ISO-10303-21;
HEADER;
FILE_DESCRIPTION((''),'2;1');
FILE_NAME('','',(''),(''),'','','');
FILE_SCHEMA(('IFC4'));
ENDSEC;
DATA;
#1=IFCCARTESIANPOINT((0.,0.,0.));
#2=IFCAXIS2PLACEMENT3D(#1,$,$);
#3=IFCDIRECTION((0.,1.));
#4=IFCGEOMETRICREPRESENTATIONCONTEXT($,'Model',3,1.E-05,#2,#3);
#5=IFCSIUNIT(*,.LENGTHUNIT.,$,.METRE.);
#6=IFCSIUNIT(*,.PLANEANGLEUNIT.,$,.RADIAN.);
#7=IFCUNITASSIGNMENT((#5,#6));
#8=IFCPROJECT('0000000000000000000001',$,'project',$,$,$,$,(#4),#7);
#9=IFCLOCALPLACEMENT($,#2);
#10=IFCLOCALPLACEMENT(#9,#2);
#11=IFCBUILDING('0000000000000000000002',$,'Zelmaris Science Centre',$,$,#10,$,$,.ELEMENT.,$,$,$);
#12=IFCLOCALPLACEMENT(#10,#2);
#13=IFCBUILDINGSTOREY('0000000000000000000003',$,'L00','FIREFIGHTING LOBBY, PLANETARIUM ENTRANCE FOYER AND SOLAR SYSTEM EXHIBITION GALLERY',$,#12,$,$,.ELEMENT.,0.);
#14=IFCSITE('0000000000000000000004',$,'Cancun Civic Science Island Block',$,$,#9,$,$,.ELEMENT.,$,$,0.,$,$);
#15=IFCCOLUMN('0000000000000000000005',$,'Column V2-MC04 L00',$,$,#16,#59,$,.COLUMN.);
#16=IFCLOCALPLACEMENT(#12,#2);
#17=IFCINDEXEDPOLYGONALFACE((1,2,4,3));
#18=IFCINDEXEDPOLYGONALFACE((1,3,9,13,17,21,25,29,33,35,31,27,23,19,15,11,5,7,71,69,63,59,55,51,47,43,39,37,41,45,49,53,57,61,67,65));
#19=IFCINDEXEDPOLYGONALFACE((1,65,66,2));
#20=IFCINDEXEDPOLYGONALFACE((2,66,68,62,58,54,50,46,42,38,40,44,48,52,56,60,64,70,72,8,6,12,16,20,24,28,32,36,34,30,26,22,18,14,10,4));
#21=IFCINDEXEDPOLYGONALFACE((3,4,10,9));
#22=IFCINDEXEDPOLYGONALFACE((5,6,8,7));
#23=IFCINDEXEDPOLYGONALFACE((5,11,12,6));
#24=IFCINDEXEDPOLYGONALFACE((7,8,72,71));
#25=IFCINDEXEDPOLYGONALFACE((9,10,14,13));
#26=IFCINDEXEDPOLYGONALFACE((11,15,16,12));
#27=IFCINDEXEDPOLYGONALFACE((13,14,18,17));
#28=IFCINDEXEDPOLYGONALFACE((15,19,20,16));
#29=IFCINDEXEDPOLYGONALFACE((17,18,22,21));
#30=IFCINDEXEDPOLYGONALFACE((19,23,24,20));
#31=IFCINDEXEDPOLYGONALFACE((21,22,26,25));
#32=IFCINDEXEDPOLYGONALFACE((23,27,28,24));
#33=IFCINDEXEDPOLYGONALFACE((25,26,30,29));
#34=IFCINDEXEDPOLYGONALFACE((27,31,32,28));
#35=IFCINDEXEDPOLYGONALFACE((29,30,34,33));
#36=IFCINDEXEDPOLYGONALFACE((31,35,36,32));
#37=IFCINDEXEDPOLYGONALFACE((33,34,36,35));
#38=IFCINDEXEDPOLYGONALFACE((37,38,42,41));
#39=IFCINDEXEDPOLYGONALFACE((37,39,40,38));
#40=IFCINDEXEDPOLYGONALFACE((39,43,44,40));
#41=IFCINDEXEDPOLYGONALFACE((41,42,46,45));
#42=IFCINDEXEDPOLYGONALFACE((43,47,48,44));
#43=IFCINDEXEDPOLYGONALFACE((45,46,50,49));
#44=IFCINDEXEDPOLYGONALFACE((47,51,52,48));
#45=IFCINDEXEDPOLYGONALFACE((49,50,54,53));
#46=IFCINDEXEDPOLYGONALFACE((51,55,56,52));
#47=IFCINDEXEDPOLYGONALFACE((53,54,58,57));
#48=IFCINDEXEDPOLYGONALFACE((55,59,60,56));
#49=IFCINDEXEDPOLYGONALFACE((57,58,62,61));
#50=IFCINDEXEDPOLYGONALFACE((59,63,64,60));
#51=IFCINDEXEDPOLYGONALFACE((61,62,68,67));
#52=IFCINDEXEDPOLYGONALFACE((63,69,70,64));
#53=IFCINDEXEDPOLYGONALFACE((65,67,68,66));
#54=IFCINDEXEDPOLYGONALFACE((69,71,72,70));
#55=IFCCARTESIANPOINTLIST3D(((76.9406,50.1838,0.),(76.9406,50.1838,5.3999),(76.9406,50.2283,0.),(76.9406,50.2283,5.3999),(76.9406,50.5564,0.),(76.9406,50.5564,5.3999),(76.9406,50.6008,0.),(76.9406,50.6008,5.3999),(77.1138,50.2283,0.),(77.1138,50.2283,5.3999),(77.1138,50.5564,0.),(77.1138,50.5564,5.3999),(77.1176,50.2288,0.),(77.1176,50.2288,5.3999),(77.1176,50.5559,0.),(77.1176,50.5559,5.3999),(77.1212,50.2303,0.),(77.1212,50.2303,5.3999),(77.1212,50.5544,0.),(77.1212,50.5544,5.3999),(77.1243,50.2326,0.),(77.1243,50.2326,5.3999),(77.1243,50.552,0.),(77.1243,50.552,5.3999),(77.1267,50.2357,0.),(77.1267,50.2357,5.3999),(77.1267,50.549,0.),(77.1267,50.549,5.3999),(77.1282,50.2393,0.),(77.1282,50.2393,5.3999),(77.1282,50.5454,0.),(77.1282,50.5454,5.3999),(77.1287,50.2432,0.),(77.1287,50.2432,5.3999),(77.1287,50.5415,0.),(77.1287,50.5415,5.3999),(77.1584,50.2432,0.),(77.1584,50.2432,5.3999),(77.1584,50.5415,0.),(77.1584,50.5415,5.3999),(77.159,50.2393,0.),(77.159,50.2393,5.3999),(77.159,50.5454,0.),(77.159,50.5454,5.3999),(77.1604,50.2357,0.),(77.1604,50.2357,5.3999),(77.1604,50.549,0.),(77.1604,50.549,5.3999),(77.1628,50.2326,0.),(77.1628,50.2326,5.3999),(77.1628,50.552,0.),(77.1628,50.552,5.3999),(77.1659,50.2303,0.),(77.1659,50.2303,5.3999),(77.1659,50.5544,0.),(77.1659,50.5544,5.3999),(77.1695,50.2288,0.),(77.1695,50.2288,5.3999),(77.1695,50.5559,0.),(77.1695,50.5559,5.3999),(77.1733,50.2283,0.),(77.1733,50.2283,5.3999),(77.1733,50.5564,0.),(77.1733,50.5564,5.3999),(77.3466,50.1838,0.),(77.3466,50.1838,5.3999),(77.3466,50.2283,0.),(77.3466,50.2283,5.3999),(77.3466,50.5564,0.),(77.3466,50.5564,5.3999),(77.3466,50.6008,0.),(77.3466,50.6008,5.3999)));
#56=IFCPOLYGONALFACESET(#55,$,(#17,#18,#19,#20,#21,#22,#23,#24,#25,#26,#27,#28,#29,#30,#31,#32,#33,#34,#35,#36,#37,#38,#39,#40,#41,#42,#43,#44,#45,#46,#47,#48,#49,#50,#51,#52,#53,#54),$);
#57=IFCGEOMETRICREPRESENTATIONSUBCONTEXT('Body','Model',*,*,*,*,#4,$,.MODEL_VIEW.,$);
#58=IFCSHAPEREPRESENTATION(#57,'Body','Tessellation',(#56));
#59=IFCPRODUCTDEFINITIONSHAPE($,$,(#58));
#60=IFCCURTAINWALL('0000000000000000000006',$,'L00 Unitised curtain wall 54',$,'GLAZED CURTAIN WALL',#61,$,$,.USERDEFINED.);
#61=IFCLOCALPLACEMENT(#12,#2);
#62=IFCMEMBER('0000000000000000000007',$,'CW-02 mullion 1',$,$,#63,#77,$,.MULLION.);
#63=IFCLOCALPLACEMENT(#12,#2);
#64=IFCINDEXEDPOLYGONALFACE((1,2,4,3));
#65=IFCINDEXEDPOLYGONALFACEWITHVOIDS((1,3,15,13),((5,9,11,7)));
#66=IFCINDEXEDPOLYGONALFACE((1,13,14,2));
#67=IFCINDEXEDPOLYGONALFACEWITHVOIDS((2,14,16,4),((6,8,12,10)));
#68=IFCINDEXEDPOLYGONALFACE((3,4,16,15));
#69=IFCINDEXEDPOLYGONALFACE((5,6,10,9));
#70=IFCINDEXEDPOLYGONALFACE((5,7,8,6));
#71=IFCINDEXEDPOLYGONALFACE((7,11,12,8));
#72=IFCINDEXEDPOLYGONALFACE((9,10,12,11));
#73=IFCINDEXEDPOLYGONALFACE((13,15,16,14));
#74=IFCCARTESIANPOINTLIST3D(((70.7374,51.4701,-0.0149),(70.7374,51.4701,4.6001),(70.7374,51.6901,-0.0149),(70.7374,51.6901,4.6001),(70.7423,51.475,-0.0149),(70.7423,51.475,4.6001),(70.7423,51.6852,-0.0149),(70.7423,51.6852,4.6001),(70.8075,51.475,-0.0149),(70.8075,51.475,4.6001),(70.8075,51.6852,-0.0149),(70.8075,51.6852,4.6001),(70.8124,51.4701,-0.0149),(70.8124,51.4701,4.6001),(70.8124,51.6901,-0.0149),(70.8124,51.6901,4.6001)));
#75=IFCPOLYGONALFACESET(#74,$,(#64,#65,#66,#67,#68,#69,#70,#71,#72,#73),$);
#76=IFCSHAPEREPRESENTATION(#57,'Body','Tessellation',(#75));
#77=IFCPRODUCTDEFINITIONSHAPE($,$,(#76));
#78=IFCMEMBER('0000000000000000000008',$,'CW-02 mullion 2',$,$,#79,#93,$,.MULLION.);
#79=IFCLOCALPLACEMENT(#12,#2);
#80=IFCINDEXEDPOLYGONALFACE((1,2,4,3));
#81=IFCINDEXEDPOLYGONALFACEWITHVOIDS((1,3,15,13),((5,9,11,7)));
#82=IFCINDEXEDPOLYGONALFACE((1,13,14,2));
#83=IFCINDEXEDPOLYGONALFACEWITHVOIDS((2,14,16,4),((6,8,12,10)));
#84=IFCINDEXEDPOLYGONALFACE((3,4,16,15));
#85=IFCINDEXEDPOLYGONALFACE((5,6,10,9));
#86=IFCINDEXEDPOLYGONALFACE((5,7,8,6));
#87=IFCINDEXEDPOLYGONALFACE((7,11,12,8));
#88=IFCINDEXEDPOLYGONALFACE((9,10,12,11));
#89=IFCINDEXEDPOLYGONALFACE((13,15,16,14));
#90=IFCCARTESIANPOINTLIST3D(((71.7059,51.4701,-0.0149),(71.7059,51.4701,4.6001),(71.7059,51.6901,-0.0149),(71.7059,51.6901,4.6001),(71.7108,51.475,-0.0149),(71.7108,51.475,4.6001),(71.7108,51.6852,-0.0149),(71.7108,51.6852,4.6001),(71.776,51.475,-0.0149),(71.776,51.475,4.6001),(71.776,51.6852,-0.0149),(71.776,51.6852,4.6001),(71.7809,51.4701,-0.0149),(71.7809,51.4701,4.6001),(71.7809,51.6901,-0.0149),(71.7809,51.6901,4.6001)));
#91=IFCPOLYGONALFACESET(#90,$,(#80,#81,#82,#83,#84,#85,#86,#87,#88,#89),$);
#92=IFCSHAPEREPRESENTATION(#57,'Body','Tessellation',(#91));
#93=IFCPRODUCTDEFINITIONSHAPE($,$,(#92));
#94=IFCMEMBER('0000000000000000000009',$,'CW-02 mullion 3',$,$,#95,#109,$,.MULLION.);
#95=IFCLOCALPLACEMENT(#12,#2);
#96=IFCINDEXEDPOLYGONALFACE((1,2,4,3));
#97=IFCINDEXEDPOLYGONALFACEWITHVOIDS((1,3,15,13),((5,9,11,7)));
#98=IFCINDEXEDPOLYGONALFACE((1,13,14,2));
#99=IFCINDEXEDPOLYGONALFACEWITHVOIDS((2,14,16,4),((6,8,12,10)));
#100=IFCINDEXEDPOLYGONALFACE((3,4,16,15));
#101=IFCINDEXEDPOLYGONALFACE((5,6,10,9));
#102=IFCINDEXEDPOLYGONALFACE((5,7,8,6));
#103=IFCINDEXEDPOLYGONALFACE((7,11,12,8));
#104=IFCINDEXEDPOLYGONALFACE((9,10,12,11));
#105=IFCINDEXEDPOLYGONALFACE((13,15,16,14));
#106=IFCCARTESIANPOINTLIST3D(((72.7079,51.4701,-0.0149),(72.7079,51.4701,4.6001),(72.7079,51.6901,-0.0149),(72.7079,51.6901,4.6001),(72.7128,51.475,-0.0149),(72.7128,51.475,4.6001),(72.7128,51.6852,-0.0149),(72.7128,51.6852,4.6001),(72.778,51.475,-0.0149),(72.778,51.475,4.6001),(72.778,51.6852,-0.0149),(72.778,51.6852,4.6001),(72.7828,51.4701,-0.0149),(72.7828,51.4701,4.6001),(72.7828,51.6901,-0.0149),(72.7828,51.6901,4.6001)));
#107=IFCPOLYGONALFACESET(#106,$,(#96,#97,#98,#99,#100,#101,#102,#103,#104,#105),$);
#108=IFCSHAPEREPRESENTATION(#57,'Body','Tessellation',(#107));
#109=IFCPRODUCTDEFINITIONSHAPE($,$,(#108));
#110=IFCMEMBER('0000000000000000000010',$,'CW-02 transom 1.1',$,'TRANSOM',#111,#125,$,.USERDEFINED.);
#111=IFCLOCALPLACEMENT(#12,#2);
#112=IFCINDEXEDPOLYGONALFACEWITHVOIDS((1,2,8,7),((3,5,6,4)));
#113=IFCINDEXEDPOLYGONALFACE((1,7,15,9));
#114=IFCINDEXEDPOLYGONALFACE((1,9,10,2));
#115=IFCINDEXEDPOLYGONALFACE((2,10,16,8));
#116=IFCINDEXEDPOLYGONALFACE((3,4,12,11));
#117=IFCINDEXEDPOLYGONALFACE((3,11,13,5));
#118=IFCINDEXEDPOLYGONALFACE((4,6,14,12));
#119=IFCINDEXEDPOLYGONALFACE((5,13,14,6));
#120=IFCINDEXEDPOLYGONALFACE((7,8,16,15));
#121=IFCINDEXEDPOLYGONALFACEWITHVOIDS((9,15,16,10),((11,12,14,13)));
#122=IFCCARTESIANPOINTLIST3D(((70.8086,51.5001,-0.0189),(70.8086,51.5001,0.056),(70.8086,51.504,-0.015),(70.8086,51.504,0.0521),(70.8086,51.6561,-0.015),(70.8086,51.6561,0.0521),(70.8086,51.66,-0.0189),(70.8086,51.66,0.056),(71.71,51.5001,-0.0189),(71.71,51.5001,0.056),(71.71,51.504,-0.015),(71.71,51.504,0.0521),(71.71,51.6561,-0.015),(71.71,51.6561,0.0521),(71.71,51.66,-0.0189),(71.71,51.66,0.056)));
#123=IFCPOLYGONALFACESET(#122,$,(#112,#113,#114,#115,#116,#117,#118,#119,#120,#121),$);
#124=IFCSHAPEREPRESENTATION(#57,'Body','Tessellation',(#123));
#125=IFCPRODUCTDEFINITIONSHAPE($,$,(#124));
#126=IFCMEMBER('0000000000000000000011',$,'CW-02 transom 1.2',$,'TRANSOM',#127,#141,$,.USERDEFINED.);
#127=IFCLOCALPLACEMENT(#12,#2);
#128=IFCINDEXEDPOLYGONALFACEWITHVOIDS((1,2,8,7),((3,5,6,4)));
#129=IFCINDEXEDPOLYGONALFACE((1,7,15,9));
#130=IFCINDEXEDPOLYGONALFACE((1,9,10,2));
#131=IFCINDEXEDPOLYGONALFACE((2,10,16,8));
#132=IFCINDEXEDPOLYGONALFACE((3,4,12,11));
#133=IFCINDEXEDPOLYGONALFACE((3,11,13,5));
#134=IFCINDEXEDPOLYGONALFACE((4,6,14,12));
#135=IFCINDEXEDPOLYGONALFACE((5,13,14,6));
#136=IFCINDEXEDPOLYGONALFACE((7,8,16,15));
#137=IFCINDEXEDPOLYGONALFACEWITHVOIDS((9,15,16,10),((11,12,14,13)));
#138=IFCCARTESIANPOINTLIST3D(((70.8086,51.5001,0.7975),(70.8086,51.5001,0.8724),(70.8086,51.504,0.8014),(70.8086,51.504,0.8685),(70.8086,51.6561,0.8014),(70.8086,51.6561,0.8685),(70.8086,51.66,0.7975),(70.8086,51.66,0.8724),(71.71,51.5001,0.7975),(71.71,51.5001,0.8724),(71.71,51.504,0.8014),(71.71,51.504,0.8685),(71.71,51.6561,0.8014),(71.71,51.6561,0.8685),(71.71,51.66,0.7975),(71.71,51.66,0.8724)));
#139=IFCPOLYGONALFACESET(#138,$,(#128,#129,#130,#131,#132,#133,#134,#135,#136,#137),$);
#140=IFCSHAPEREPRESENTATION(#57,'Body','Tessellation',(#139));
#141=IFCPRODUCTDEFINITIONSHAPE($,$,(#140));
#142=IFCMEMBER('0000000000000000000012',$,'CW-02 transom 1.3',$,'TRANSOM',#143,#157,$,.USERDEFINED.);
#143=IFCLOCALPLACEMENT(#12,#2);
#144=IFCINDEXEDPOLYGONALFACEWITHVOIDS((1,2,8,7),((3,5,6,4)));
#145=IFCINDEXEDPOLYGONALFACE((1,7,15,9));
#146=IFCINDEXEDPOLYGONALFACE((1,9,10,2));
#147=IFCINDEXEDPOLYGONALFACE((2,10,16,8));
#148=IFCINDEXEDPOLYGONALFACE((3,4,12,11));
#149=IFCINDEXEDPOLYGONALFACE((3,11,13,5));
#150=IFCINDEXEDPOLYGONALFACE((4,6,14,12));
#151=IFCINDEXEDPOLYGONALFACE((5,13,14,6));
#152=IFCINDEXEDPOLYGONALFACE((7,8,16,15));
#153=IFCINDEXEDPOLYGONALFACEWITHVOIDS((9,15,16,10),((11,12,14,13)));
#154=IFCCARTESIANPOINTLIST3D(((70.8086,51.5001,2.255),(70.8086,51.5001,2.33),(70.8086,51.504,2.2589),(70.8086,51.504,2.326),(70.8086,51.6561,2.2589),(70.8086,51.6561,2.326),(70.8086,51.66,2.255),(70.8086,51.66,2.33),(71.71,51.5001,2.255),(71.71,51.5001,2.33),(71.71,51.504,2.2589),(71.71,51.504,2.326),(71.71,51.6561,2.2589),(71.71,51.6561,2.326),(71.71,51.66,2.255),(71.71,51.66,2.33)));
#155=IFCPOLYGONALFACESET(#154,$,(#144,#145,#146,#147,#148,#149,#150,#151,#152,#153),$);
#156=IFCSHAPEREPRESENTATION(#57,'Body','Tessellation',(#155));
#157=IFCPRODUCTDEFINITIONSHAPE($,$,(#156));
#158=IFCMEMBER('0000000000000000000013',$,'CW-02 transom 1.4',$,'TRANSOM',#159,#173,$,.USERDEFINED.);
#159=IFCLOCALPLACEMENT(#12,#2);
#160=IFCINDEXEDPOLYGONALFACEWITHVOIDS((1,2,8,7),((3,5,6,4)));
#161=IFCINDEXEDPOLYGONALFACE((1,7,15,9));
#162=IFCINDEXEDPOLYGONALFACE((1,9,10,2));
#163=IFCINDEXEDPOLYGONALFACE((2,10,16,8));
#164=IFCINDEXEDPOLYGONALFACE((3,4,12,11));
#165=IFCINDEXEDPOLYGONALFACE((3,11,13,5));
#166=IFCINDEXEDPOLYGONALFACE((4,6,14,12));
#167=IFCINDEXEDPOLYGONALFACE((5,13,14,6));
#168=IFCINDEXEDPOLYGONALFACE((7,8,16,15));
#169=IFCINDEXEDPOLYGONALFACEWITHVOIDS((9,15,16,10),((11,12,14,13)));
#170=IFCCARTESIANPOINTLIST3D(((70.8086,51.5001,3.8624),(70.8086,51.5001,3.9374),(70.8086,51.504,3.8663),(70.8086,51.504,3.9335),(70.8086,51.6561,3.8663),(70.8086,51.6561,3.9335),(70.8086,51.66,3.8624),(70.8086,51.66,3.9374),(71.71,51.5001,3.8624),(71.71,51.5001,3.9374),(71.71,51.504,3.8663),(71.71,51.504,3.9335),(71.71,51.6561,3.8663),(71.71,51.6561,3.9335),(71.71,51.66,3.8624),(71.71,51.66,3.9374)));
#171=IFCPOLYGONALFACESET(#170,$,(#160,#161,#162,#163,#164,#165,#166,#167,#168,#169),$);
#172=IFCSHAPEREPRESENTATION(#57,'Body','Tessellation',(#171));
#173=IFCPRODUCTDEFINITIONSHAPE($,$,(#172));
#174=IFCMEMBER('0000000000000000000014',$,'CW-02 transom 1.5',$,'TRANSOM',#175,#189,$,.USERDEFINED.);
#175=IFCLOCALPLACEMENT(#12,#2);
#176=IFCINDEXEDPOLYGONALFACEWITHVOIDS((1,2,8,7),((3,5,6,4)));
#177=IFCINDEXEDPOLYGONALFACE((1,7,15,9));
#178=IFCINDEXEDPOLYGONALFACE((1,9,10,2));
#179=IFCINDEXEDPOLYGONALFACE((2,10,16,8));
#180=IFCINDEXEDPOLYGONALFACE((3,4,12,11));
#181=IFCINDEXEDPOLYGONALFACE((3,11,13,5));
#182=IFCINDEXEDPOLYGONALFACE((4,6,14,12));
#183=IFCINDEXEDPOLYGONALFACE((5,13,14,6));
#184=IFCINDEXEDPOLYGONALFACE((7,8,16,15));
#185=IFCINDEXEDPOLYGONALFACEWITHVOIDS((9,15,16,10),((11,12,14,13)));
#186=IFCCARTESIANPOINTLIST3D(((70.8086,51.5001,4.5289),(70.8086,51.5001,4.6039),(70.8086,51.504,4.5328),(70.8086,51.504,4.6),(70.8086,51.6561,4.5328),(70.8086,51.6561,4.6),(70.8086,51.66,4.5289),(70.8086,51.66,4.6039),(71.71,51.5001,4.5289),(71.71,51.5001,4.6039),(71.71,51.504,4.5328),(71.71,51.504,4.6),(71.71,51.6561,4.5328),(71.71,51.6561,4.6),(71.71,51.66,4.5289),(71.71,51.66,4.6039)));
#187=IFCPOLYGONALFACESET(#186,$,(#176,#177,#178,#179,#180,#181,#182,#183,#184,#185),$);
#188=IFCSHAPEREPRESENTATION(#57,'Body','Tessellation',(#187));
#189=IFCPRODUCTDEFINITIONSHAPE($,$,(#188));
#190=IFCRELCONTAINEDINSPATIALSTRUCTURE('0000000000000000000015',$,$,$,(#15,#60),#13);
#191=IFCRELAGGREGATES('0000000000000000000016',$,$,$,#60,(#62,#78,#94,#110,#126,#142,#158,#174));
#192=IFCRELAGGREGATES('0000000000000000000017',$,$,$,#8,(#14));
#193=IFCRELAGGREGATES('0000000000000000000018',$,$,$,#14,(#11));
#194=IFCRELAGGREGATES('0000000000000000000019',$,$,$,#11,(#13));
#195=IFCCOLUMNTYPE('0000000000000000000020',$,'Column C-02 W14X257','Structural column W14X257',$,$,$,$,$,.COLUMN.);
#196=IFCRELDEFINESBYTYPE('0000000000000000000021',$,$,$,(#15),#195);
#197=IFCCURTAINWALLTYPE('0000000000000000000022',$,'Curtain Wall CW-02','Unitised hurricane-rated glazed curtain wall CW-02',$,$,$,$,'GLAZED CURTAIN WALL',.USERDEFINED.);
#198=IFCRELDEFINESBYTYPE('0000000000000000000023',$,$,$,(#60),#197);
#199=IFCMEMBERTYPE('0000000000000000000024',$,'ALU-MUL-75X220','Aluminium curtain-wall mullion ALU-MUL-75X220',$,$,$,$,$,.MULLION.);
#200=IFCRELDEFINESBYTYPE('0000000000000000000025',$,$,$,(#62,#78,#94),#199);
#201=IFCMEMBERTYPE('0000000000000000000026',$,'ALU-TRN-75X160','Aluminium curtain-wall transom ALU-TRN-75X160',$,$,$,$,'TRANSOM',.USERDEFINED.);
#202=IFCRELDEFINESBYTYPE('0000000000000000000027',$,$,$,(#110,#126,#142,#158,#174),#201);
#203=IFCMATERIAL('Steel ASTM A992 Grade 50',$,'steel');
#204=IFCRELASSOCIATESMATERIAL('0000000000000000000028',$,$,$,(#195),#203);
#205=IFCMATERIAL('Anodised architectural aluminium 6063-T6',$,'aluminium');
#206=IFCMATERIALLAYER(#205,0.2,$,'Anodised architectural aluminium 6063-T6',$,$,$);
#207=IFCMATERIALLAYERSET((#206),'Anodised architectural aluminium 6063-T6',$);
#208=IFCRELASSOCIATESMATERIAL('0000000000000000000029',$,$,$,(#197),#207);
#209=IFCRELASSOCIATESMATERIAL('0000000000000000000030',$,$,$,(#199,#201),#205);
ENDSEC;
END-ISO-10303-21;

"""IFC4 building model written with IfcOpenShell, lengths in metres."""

from ifc_helpers import new_model, si_unit, direction, frame, origin, origin_2d, place, context, subcontext, project, spatial, hollow_rectangle, i_section, extrude, material, layer, layer_set, material_profile, profile_set, type_object, element, aggregate, save


model = new_model("IFC4")

# Units and contexts
model_context = context("Model", 3, precision=1e-05, world=origin(), true_north=direction((0.0, 1.0)))
body_context = subcontext(model_context, "Body", "Model", "MODEL_VIEW")
ifc_project = project(units=[si_unit("LENGTHUNIT", "METRE"), si_unit("PLANEANGLEUNIT", "RADIAN")], contexts=[model_context])

# Site, building, storey
site_placement = place(None, origin())
site = spatial("IfcSite", under=ifc_project, at=site_placement, Name="Cancun Civic Science Island Block", CompositionType="ELEMENT", RefElevation=0.0)
building_placement = place(site_placement, origin())
building = spatial("IfcBuilding", under=site, at=building_placement, Name="Zelmaris Science Centre", CompositionType="ELEMENT")
storey_placement = place(building_placement, origin())
storey = spatial("IfcBuildingStorey", under=building, at=storey_placement, Name="L00", Description="FIREFIGHTING LOBBY, PLANETARIUM ENTRANCE FOYER AND SOLAR SYSTEM EXHIBITION GALLERY", CompositionType="ELEMENT", Elevation=0.0)

# Column
ifc_material_1 = material(Name="Steel ASTM A992 Grade 50", Category="steel")
ifc_material_profile_1 = material_profile(ifc_material_1, i_section(OverallWidth=0.406, OverallDepth=0.417, WebThickness=0.0298, FlangeThickness=0.0444, FilletRadius=0.0149, at=origin_2d()), Name="W14X257")
ifc_profile_set_1 = profile_set([ifc_material_profile_1], Name="Steel ASTM A992 Grade 50")
column_type = type_object("IfcColumnType", Name="Column C-02 W14X257", Description="Structural column W14X257", PredefinedType="COLUMN", material=ifc_profile_set_1)
column_placement = place(storey_placement, frame((77.1436, 50.3923, 0.0), z_axis=(0.0, 0.0, 1.0), x_axis=(1.0, 0.0, 0.0)))
element("IfcColumn", 1, at=column_placement, inside=storey, type_object=column_type, Name="Column V2-MC04 L00", PredefinedType="COLUMN", context=body_context, shape_type="SweptSolid", body=[
    extrude(i_section(OverallWidth=0.406, OverallDepth=0.417, WebThickness=0.0298, FlangeThickness=0.0444, FilletRadius=0.0149, at=origin_2d()), origin(), (0.0, 0.0, 1.0), 5.3999),
])

# Curtain wall, members
ifc_material_2 = material(Name="Anodised architectural aluminium 6063-T6", Category="aluminium")
ifc_layer_1 = layer(ifc_material_2, 0.2, Name="Anodised architectural aluminium 6063-T6")
ifc_layer_set_1 = layer_set([ifc_layer_1], Name="Anodised architectural aluminium 6063-T6")
curtain_wall_type = type_object("IfcCurtainWallType", Name="Curtain Wall CW-02", Description="Unitised hurricane-rated glazed curtain wall CW-02", ElementType="GLAZED CURTAIN WALL", PredefinedType="USERDEFINED", material=ifc_layer_set_1)
curtain_wall_placement = place(storey_placement, origin())
curtain_wall = element("IfcCurtainWall", 2, at=curtain_wall_placement, inside=storey, type_object=curtain_wall_type, Name="L00 Unitised curtain wall 54", ObjectType="GLAZED CURTAIN WALL", PredefinedType="USERDEFINED")
ifc_material_profile_2 = material_profile(ifc_material_2, hollow_rectangle(XDim=0.075, YDim=0.22, WallThickness=0.0049, at=origin_2d()), Name="ALU-MUL-75X220")
ifc_profile_set_2 = profile_set([ifc_material_profile_2], Name="Anodised architectural aluminium 6063-T6")
member_type_1 = type_object("IfcMemberType", Name="ALU-MUL-75X220", Description="Aluminium curtain-wall mullion ALU-MUL-75X220", PredefinedType="MULLION", material=ifc_profile_set_2)
member_1_placement = place(storey_placement, frame((70.7749, 51.5801, -0.0149), z_axis=(0.0, 0.0, 1.0), x_axis=(1.0, -0.000003, 0.0)))
member_1 = element("IfcMember", 3, at=member_1_placement, type_object=member_type_1, Name="CW-02 mullion 1", PredefinedType="MULLION", context=body_context, shape_type="SweptSolid", body=[
    extrude(hollow_rectangle(XDim=0.075, YDim=0.22, WallThickness=0.0049, at=origin_2d()), origin(), (0.0, 0.0, 1.0), 4.615),
])
member_2_placement = place(storey_placement, frame((71.7434, 51.5801, -0.0149), z_axis=(0.0, 0.0, 1.0), x_axis=(1.0, -0.000003, 0.0)))
member_2 = element("IfcMember", 4, at=member_2_placement, type_object=member_type_1, Name="CW-02 mullion 2", PredefinedType="MULLION", context=body_context, shape_type="SweptSolid", body=[
    extrude(hollow_rectangle(XDim=0.075, YDim=0.22, WallThickness=0.0049, at=origin_2d()), origin(), (0.0, 0.0, 1.0), 4.615),
])
member_3_placement = place(storey_placement, frame((72.7454, 51.5801, -0.0149), z_axis=(0.0, 0.0, 1.0), x_axis=(1.0, -0.000003, 0.0)))
member_3 = element("IfcMember", 5, at=member_3_placement, type_object=member_type_1, Name="CW-02 mullion 3", PredefinedType="MULLION", context=body_context, shape_type="SweptSolid", body=[
    extrude(hollow_rectangle(XDim=0.075, YDim=0.22, WallThickness=0.0049, at=origin_2d()), origin(), (0.0, 0.0, 1.0), 4.615),
])
ifc_material_profile_3 = material_profile(ifc_material_2, hollow_rectangle(XDim=0.075, YDim=0.1599, WallThickness=0.0039, at=origin_2d()), Name="ALU-TRN-75X160")
ifc_profile_set_3 = profile_set([ifc_material_profile_3], Name="Anodised architectural aluminium 6063-T6")
member_type_2 = type_object("IfcMemberType", Name="ALU-TRN-75X160", Description="Aluminium curtain-wall transom ALU-TRN-75X160", ElementType="TRANSOM", PredefinedType="USERDEFINED", material=ifc_profile_set_3)
member_4_placement = place(storey_placement, frame((70.8086, 51.5801, 0.0186), z_axis=(1.0, 0.0, 0.0), x_axis=(0.0, 0.0, 1.0)))
member_4 = element("IfcMember", 6, at=member_4_placement, type_object=member_type_2, Name="CW-02 transom 1.1", ObjectType="TRANSOM", PredefinedType="USERDEFINED", context=body_context, shape_type="SweptSolid", body=[
    extrude(hollow_rectangle(XDim=0.075, YDim=0.1599, WallThickness=0.0039, at=origin_2d()), origin(), (0.0, 0.0, 1.0), 0.9014),
])
member_5_placement = place(storey_placement, frame((70.8086, 51.5801, 0.835), z_axis=(1.0, 0.0, 0.0), x_axis=(0.0, 0.0, 1.0)))
member_5 = element("IfcMember", 7, at=member_5_placement, type_object=member_type_2, Name="CW-02 transom 1.2", ObjectType="TRANSOM", PredefinedType="USERDEFINED", context=body_context, shape_type="SweptSolid", body=[
    extrude(hollow_rectangle(XDim=0.075, YDim=0.1599, WallThickness=0.0039, at=origin_2d()), origin(), (0.0, 0.0, 1.0), 0.9014),
])
member_6_placement = place(storey_placement, frame((70.8086, 51.5801, 2.2925), z_axis=(1.0, 0.0, 0.0), x_axis=(0.0, 0.0, 1.0)))
member_6 = element("IfcMember", 8, at=member_6_placement, type_object=member_type_2, Name="CW-02 transom 1.3", ObjectType="TRANSOM", PredefinedType="USERDEFINED", context=body_context, shape_type="SweptSolid", body=[
    extrude(hollow_rectangle(XDim=0.075, YDim=0.1599, WallThickness=0.0039, at=origin_2d()), origin(), (0.0, 0.0, 1.0), 0.9014),
])
member_7_placement = place(storey_placement, frame((70.8086, 51.5801, 3.8999), z_axis=(1.0, 0.0, 0.0), x_axis=(0.0, 0.0, 1.0)))
member_7 = element("IfcMember", 9, at=member_7_placement, type_object=member_type_2, Name="CW-02 transom 1.4", ObjectType="TRANSOM", PredefinedType="USERDEFINED", context=body_context, shape_type="SweptSolid", body=[
    extrude(hollow_rectangle(XDim=0.075, YDim=0.1599, WallThickness=0.0039, at=origin_2d()), origin(), (0.0, 0.0, 1.0), 0.9014),
])
member_8_placement = place(storey_placement, frame((70.8086, 51.5801, 4.5664), z_axis=(1.0, 0.0, 0.0), x_axis=(0.0, 0.0, 1.0)))
member_8 = element("IfcMember", 10, at=member_8_placement, type_object=member_type_2, Name="CW-02 transom 1.5", ObjectType="TRANSOM", PredefinedType="USERDEFINED", context=body_context, shape_type="SweptSolid", body=[
    extrude(hollow_rectangle(XDim=0.075, YDim=0.1599, WallThickness=0.0039, at=origin_2d()), origin(), (0.0, 0.0, 1.0), 0.9014),
])

aggregate(curtain_wall, [member_1, member_2, member_3, member_4, member_5, member_6, member_7, member_8])

save(model, "model.ifc")
